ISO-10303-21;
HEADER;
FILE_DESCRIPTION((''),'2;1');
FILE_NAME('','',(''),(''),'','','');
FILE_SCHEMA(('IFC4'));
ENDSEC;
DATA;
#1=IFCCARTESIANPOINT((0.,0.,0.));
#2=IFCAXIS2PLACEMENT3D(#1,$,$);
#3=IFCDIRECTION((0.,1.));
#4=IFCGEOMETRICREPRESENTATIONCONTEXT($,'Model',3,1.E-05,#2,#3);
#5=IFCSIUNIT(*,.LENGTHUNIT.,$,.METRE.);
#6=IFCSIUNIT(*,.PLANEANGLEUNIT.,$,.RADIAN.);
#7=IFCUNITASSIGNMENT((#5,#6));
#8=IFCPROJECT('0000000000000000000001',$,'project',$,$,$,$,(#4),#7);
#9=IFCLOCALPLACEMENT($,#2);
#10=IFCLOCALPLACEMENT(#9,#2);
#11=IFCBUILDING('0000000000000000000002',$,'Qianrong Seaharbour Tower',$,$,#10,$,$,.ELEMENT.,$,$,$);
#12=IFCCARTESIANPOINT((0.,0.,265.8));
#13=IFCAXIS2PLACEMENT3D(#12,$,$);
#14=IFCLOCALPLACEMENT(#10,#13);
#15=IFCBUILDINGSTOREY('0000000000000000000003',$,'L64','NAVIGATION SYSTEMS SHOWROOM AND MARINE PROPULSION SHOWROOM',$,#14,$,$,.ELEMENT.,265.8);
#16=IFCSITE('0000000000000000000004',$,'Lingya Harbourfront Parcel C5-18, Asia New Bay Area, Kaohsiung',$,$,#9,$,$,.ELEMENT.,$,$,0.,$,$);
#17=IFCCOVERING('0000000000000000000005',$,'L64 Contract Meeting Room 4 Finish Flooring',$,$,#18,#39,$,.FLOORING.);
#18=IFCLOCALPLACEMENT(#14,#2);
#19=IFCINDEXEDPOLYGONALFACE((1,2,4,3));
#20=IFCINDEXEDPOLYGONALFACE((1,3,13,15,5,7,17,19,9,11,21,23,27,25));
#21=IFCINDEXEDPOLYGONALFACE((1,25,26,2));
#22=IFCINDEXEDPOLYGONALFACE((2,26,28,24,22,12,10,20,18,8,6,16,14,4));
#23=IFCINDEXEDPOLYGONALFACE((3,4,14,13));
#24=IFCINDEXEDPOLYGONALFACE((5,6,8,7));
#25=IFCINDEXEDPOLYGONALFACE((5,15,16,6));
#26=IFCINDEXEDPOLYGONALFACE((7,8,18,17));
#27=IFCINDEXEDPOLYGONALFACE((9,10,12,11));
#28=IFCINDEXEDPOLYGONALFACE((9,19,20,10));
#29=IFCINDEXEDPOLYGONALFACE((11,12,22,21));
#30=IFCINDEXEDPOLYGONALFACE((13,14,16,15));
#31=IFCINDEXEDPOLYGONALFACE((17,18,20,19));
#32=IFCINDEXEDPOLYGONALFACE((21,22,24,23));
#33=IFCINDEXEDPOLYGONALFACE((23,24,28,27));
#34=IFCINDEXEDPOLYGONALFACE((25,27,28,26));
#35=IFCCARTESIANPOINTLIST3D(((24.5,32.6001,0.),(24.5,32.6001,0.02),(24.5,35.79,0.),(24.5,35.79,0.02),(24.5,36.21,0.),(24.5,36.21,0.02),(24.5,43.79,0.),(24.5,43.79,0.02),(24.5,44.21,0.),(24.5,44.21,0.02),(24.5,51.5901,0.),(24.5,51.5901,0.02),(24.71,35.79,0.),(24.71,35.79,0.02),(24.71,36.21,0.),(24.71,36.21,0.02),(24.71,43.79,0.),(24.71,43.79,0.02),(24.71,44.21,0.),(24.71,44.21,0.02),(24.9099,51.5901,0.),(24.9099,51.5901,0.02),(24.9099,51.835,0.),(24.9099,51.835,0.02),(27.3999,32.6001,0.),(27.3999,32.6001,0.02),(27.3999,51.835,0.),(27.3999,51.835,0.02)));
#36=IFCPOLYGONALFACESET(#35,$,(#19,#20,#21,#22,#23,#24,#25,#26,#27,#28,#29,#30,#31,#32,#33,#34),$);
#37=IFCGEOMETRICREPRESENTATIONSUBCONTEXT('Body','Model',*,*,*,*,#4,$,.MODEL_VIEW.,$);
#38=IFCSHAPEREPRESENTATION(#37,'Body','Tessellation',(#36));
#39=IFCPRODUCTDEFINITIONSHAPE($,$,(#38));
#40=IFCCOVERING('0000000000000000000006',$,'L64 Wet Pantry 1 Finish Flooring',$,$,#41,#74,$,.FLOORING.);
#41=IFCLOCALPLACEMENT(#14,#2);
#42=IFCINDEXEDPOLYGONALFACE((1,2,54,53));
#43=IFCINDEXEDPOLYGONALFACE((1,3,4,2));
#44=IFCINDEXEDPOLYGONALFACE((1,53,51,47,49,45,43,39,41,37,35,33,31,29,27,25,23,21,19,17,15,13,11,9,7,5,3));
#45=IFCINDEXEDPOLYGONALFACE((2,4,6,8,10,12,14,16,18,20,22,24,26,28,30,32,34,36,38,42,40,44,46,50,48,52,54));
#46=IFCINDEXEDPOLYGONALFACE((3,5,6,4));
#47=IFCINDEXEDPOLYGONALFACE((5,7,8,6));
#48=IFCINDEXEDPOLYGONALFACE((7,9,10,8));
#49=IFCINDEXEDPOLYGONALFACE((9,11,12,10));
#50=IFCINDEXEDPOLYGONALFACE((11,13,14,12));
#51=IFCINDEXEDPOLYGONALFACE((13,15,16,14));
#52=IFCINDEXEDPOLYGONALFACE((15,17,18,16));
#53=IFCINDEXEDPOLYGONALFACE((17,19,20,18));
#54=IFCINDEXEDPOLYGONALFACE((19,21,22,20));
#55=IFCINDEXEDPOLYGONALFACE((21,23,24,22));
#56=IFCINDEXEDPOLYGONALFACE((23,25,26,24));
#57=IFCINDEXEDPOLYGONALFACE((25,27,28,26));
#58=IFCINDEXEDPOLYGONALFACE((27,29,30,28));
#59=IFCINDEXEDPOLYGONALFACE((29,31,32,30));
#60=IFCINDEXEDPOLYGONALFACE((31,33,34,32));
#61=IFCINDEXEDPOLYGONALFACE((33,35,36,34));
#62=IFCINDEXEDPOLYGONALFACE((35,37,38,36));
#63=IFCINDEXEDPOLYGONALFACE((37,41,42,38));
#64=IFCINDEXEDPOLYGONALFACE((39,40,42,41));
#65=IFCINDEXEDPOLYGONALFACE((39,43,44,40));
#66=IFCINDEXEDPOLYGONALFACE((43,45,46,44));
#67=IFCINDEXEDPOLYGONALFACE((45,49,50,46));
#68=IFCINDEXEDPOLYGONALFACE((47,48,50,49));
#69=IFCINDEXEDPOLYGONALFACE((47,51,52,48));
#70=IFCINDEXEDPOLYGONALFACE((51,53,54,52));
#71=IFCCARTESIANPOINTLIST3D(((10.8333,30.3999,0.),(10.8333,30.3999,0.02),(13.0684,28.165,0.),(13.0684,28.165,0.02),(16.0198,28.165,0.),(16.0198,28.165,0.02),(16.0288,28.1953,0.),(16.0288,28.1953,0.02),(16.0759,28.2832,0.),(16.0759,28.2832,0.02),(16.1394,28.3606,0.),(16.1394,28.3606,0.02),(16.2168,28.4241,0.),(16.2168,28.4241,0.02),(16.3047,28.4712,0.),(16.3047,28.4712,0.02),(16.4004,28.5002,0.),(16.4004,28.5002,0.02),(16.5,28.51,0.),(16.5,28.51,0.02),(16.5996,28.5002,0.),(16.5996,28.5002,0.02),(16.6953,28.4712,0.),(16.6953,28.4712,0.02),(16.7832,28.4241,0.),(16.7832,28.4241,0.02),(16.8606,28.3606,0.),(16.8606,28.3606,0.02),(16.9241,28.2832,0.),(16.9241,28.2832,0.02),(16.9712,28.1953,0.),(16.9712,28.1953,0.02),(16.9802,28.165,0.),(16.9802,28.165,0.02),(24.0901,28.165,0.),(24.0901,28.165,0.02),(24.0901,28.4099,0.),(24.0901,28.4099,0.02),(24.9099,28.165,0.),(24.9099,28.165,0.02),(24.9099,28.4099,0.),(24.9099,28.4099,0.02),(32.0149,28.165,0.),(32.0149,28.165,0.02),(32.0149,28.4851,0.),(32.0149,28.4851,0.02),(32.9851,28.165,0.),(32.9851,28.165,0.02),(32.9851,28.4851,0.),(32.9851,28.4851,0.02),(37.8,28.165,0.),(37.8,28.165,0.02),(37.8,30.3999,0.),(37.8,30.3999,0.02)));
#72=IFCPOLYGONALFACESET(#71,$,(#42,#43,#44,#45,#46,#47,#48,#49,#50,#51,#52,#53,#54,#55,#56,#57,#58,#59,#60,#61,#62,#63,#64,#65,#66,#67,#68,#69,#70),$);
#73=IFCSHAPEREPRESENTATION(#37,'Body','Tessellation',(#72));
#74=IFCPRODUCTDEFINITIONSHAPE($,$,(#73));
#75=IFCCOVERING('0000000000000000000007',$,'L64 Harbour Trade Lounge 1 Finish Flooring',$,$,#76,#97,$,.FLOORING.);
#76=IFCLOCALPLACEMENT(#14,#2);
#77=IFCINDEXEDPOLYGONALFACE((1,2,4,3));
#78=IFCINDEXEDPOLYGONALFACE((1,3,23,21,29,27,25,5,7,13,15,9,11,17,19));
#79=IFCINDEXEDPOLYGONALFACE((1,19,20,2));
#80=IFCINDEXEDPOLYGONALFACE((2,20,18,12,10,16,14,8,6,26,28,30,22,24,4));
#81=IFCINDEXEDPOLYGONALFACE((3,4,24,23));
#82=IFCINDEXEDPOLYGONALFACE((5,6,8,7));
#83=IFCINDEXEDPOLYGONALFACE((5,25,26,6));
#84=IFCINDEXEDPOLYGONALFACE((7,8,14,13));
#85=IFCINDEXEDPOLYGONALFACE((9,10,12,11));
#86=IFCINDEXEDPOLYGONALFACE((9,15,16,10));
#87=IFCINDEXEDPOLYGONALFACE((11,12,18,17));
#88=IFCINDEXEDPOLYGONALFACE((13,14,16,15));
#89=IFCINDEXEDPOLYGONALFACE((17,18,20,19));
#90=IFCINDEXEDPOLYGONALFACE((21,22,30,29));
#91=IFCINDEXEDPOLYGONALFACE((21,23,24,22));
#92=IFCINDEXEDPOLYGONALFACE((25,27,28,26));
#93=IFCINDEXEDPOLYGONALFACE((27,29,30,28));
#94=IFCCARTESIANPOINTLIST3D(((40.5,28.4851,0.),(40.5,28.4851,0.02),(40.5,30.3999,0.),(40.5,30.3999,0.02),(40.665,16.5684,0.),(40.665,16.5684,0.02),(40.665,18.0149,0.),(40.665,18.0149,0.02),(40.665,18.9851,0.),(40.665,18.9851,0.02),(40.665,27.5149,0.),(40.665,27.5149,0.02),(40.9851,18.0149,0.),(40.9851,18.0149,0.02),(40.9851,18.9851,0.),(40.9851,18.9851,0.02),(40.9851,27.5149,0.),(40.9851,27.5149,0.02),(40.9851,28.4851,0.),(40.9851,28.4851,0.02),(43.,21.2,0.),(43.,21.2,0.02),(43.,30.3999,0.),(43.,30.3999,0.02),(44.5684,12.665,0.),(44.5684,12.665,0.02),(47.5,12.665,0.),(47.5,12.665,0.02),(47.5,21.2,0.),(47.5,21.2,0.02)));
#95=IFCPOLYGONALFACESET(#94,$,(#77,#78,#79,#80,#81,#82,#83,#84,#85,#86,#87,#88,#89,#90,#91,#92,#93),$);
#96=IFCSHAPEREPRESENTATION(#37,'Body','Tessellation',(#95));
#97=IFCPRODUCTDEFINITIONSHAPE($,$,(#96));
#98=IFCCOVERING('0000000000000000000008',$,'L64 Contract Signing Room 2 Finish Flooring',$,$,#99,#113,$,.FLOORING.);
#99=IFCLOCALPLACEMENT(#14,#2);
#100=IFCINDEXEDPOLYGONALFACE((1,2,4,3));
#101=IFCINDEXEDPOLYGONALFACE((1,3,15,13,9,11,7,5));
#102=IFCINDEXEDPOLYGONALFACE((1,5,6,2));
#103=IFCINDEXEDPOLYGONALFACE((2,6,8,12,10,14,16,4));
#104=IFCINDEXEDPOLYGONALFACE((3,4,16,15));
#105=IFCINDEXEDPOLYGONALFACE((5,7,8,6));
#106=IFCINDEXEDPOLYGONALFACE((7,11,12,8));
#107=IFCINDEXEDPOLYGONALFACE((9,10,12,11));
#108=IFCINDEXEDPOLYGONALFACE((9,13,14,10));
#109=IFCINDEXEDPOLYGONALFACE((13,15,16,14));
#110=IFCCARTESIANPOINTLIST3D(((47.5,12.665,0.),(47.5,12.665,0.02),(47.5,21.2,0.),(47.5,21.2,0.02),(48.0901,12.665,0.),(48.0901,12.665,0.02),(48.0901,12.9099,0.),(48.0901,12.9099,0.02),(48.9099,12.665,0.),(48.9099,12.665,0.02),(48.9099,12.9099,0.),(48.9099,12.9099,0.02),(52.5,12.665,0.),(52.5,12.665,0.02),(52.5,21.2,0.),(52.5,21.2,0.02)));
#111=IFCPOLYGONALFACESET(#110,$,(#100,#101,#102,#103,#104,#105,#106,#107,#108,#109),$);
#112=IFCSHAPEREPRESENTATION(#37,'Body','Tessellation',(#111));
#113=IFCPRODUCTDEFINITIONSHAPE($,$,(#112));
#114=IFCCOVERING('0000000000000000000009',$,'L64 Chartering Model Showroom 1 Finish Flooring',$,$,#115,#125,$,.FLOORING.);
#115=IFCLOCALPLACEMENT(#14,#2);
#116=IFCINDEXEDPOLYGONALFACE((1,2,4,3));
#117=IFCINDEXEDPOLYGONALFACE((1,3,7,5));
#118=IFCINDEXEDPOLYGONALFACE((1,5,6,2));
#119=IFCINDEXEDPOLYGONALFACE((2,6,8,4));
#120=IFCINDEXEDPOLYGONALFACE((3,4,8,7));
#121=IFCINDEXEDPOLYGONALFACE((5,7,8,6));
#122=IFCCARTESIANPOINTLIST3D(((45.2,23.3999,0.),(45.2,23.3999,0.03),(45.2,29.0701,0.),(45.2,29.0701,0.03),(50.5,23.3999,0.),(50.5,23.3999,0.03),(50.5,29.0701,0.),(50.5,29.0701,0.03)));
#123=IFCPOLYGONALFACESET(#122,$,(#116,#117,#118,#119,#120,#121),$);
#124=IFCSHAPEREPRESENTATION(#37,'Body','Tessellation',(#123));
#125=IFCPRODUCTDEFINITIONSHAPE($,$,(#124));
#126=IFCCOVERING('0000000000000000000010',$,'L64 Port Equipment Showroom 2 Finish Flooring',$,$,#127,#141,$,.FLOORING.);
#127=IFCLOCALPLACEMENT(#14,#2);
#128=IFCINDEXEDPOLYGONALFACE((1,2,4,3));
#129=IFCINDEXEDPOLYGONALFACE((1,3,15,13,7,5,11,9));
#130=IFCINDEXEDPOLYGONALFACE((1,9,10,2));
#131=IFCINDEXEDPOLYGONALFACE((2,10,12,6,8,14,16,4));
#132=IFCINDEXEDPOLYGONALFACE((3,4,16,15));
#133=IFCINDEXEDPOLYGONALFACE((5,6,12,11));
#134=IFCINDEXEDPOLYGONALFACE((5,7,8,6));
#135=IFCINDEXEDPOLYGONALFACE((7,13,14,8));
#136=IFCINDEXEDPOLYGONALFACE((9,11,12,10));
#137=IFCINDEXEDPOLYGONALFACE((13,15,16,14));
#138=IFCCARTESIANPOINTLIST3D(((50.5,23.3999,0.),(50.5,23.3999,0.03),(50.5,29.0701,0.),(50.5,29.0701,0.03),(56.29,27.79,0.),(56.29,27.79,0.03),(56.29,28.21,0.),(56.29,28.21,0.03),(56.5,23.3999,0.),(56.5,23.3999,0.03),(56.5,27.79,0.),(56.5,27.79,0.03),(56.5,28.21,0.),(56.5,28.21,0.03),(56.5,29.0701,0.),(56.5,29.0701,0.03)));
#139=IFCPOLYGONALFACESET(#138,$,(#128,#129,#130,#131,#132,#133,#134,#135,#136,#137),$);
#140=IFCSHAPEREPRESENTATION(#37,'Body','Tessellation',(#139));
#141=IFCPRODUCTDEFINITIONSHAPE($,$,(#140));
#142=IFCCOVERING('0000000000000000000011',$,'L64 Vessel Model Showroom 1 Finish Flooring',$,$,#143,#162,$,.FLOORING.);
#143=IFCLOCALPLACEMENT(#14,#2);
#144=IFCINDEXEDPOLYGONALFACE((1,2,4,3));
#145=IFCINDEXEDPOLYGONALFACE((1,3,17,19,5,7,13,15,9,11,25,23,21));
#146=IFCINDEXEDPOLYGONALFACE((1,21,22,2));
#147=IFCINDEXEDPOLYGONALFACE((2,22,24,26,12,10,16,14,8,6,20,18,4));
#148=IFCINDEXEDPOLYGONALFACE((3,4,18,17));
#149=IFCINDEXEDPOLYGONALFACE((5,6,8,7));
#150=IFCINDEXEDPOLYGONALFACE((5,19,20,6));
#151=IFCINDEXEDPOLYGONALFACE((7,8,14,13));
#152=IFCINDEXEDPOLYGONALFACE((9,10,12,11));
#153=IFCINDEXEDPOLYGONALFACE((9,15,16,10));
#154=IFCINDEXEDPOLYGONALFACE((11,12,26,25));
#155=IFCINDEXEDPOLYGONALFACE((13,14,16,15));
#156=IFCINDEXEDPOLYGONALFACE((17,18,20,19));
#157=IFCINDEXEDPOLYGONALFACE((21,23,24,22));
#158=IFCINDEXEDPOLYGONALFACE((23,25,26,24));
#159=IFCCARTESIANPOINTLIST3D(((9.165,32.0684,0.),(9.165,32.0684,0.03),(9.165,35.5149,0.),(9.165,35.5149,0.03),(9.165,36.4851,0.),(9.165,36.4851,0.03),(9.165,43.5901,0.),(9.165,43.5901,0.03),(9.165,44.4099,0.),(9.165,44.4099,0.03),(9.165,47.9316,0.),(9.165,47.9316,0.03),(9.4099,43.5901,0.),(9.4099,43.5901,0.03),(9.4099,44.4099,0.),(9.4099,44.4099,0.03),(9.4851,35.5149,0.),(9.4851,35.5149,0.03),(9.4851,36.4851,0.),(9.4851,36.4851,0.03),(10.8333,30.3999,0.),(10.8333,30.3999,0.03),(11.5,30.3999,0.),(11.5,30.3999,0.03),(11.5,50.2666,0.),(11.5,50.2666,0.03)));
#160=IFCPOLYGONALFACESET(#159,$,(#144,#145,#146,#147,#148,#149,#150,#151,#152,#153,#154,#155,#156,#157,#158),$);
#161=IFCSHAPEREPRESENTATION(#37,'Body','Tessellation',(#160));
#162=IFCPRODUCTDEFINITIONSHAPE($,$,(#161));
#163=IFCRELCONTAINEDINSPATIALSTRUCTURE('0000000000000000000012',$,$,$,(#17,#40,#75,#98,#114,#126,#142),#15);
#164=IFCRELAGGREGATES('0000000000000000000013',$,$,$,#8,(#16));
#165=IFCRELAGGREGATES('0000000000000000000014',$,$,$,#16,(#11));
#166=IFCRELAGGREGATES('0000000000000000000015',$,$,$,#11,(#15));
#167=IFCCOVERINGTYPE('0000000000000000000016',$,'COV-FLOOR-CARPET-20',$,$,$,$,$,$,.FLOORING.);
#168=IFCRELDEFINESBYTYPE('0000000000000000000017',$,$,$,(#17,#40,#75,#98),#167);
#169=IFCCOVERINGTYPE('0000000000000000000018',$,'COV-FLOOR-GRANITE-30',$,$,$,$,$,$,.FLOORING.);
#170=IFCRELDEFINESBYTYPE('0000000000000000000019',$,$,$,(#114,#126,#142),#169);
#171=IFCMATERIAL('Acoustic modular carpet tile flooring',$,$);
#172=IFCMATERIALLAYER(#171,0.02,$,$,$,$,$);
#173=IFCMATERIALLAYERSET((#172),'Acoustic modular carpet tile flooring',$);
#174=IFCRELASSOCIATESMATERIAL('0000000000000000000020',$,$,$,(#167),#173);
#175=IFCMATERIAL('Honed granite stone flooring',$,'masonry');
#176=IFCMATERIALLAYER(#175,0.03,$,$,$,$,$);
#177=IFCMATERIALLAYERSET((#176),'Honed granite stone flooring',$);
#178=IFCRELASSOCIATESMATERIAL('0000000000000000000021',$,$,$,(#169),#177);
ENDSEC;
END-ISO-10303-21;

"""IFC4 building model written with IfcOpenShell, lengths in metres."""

from ifc_helpers import new_model, si_unit, direction, frame, origin, place, context, subcontext, project, spatial, polyline, outline, extrude, material, layer, layer_set, type_object, element, save


model = new_model("IFC4")

# Units and contexts
model_context = context("Model", 3, precision=1e-05, world=origin(), true_north=direction((0.0, 1.0)))
body_context = subcontext(model_context, "Body", "Model", "MODEL_VIEW")
ifc_project = project(units=[si_unit("LENGTHUNIT", "METRE"), si_unit("PLANEANGLEUNIT", "RADIAN")], contexts=[model_context])

# Site, building, storey
site_placement = place(None, origin())
site = spatial("IfcSite", under=ifc_project, at=site_placement, Name="Lingya Harbourfront Parcel C5-18, Asia New Bay Area, Kaohsiung", CompositionType="ELEMENT", RefElevation=0.0)
building_placement = place(site_placement, origin())
building = spatial("IfcBuilding", under=site, at=building_placement, Name="Qianrong Seaharbour Tower", CompositionType="ELEMENT")
storey_placement = place(building_placement, frame((0.0, 0.0, 265.8)))
storey = spatial("IfcBuildingStorey", under=building, at=storey_placement, Name="L64", Description="NAVIGATION SYSTEMS SHOWROOM AND MARINE PROPULSION SHOWROOM", CompositionType="ELEMENT", Elevation=265.8)

# Coverings
ifc_material_1 = material(Name="Acoustic modular carpet tile flooring")
ifc_layer_1 = layer(ifc_material_1, 0.02)
ifc_layer_set_1 = layer_set([ifc_layer_1], Name="Acoustic modular carpet tile flooring")
covering_type_1 = type_object("IfcCoveringType", Name="COV-FLOOR-CARPET-20", PredefinedType="FLOORING", material=ifc_layer_set_1)
covering_1_placement = place(storey_placement, origin())
element("IfcCovering", 1, at=covering_1_placement, inside=storey, type_object=covering_type_1, Name="L64 Contract Meeting Room 4 Finish Flooring", PredefinedType="FLOORING", context=body_context, shape_type="SweptSolid", body=[
    extrude(outline(polyline([(27.3999, 51.835), (27.3999, 32.6001), (24.5, 32.6001), (24.5, 35.79), (24.71, 35.79), (24.71, 36.21), (24.5, 36.21), (24.5, 43.79), (24.71, 43.79), (24.71, 44.21), (24.5, 44.21), (24.5, 51.5901), (24.9099, 51.5901), (24.9099, 51.835), (27.3999, 51.835)])), origin(), (0.0, 0.0, 1.0), 0.02),
])
covering_2_placement = place(storey_placement, origin())
element("IfcCovering", 2, at=covering_2_placement, inside=storey, type_object=covering_type_1, Name="L64 Wet Pantry 1 Finish Flooring", PredefinedType="FLOORING", context=body_context, shape_type="SweptSolid", body=[
    extrude(outline(polyline([(32.9851, 28.165), (32.9851, 28.4851), (32.0149, 28.4851), (32.0149, 28.165), (24.9099, 28.165), (24.9099, 28.4099), (24.0901, 28.4099), (24.0901, 28.165), (16.9802, 28.165), (16.9712, 28.1953), (16.9241, 28.2832), (16.8606, 28.3606), (16.7832, 28.4241), (16.6953, 28.4712), (16.5996, 28.5002), (16.5, 28.51), (16.4004, 28.5002), (16.3047, 28.4712), (16.2168, 28.4241), (16.1394, 28.3606), (16.0759, 28.2832), (16.0288, 28.1953), (16.0198, 28.165), (13.0684, 28.165), (10.8333, 30.3999), (37.8, 30.3999), (37.8, 28.165), (32.9851, 28.165)])), origin(), (0.0, 0.0, 1.0), 0.02),
])
covering_3_placement = place(storey_placement, origin())
element("IfcCovering", 3, at=covering_3_placement, inside=storey, type_object=covering_type_1, Name="L64 Harbour Trade Lounge 1 Finish Flooring", PredefinedType="FLOORING", context=body_context, shape_type="SweptSolid", body=[
    extrude(outline(polyline([(43.0, 21.2), (47.5, 21.2), (47.5, 12.665), (44.5684, 12.665), (40.665, 16.5684), (40.665, 18.0149), (40.9851, 18.0149), (40.9851, 18.9851), (40.665, 18.9851), (40.665, 27.5149), (40.9851, 27.5149), (40.9851, 28.4851), (40.5, 28.4851), (40.5, 30.3999), (43.0, 30.3999), (43.0, 21.2)])), origin(), (0.0, 0.0, 1.0), 0.02),
])
covering_4_placement = place(storey_placement, origin())
element("IfcCovering", 4, at=covering_4_placement, inside=storey, type_object=covering_type_1, Name="L64 Contract Signing Room 2 Finish Flooring", PredefinedType="FLOORING", context=body_context, shape_type="SweptSolid", body=[
    extrude(outline(polyline([(48.9099, 12.665), (48.9099, 12.9099), (48.0901, 12.9099), (48.0901, 12.665), (47.5, 12.665), (47.5, 21.2), (52.5, 21.2), (52.5, 12.665), (48.9099, 12.665)])), origin(), (0.0, 0.0, 1.0), 0.02),
])
ifc_material_2 = material(Name="Honed granite stone flooring", Category="masonry")
ifc_layer_2 = layer(ifc_material_2, 0.03)
ifc_layer_set_2 = layer_set([ifc_layer_2], Name="Honed granite stone flooring")
covering_type_2 = type_object("IfcCoveringType", Name="COV-FLOOR-GRANITE-30", PredefinedType="FLOORING", material=ifc_layer_set_2)
covering_5_placement = place(storey_placement, origin())
element("IfcCovering", 5, at=covering_5_placement, inside=storey, type_object=covering_type_2, Name="L64 Chartering Model Showroom 1 Finish Flooring", PredefinedType="FLOORING", context=body_context, shape_type="SweptSolid", body=[
    extrude(outline(polyline([(50.5, 29.0701), (50.5, 23.3999), (45.2, 23.3999), (45.2, 29.0701), (50.5, 29.0701)])), origin(), (0.0, 0.0, 1.0), 0.03),
])
covering_6_placement = place(storey_placement, origin())
element("IfcCovering", 6, at=covering_6_placement, inside=storey, type_object=covering_type_2, Name="L64 Port Equipment Showroom 2 Finish Flooring", PredefinedType="FLOORING", context=body_context, shape_type="SweptSolid", body=[
    extrude(outline(polyline([(56.5, 29.0701), (56.5, 28.21), (56.29, 28.21), (56.29, 27.79), (56.5, 27.79), (56.5, 23.3999), (50.5, 23.3999), (50.5, 29.0701), (56.5, 29.0701)])), origin(), (0.0, 0.0, 1.0), 0.03),
])
covering_7_placement = place(storey_placement, origin())
element("IfcCovering", 7, at=covering_7_placement, inside=storey, type_object=covering_type_2, Name="L64 Vessel Model Showroom 1 Finish Flooring", PredefinedType="FLOORING", context=body_context, shape_type="SweptSolid", body=[
    extrude(outline(polyline([(9.165, 32.0684), (9.165, 35.5149), (9.4851, 35.5149), (9.4851, 36.4851), (9.165, 36.4851), (9.165, 43.5901), (9.4099, 43.5901), (9.4099, 44.4099), (9.165, 44.4099), (9.165, 47.9316), (11.5, 50.2666), (11.5, 30.3999), (10.8333, 30.3999), (9.165, 32.0684)])), origin(), (0.0, 0.0, 1.0), 0.03),
])

save(model, "model.ifc")
